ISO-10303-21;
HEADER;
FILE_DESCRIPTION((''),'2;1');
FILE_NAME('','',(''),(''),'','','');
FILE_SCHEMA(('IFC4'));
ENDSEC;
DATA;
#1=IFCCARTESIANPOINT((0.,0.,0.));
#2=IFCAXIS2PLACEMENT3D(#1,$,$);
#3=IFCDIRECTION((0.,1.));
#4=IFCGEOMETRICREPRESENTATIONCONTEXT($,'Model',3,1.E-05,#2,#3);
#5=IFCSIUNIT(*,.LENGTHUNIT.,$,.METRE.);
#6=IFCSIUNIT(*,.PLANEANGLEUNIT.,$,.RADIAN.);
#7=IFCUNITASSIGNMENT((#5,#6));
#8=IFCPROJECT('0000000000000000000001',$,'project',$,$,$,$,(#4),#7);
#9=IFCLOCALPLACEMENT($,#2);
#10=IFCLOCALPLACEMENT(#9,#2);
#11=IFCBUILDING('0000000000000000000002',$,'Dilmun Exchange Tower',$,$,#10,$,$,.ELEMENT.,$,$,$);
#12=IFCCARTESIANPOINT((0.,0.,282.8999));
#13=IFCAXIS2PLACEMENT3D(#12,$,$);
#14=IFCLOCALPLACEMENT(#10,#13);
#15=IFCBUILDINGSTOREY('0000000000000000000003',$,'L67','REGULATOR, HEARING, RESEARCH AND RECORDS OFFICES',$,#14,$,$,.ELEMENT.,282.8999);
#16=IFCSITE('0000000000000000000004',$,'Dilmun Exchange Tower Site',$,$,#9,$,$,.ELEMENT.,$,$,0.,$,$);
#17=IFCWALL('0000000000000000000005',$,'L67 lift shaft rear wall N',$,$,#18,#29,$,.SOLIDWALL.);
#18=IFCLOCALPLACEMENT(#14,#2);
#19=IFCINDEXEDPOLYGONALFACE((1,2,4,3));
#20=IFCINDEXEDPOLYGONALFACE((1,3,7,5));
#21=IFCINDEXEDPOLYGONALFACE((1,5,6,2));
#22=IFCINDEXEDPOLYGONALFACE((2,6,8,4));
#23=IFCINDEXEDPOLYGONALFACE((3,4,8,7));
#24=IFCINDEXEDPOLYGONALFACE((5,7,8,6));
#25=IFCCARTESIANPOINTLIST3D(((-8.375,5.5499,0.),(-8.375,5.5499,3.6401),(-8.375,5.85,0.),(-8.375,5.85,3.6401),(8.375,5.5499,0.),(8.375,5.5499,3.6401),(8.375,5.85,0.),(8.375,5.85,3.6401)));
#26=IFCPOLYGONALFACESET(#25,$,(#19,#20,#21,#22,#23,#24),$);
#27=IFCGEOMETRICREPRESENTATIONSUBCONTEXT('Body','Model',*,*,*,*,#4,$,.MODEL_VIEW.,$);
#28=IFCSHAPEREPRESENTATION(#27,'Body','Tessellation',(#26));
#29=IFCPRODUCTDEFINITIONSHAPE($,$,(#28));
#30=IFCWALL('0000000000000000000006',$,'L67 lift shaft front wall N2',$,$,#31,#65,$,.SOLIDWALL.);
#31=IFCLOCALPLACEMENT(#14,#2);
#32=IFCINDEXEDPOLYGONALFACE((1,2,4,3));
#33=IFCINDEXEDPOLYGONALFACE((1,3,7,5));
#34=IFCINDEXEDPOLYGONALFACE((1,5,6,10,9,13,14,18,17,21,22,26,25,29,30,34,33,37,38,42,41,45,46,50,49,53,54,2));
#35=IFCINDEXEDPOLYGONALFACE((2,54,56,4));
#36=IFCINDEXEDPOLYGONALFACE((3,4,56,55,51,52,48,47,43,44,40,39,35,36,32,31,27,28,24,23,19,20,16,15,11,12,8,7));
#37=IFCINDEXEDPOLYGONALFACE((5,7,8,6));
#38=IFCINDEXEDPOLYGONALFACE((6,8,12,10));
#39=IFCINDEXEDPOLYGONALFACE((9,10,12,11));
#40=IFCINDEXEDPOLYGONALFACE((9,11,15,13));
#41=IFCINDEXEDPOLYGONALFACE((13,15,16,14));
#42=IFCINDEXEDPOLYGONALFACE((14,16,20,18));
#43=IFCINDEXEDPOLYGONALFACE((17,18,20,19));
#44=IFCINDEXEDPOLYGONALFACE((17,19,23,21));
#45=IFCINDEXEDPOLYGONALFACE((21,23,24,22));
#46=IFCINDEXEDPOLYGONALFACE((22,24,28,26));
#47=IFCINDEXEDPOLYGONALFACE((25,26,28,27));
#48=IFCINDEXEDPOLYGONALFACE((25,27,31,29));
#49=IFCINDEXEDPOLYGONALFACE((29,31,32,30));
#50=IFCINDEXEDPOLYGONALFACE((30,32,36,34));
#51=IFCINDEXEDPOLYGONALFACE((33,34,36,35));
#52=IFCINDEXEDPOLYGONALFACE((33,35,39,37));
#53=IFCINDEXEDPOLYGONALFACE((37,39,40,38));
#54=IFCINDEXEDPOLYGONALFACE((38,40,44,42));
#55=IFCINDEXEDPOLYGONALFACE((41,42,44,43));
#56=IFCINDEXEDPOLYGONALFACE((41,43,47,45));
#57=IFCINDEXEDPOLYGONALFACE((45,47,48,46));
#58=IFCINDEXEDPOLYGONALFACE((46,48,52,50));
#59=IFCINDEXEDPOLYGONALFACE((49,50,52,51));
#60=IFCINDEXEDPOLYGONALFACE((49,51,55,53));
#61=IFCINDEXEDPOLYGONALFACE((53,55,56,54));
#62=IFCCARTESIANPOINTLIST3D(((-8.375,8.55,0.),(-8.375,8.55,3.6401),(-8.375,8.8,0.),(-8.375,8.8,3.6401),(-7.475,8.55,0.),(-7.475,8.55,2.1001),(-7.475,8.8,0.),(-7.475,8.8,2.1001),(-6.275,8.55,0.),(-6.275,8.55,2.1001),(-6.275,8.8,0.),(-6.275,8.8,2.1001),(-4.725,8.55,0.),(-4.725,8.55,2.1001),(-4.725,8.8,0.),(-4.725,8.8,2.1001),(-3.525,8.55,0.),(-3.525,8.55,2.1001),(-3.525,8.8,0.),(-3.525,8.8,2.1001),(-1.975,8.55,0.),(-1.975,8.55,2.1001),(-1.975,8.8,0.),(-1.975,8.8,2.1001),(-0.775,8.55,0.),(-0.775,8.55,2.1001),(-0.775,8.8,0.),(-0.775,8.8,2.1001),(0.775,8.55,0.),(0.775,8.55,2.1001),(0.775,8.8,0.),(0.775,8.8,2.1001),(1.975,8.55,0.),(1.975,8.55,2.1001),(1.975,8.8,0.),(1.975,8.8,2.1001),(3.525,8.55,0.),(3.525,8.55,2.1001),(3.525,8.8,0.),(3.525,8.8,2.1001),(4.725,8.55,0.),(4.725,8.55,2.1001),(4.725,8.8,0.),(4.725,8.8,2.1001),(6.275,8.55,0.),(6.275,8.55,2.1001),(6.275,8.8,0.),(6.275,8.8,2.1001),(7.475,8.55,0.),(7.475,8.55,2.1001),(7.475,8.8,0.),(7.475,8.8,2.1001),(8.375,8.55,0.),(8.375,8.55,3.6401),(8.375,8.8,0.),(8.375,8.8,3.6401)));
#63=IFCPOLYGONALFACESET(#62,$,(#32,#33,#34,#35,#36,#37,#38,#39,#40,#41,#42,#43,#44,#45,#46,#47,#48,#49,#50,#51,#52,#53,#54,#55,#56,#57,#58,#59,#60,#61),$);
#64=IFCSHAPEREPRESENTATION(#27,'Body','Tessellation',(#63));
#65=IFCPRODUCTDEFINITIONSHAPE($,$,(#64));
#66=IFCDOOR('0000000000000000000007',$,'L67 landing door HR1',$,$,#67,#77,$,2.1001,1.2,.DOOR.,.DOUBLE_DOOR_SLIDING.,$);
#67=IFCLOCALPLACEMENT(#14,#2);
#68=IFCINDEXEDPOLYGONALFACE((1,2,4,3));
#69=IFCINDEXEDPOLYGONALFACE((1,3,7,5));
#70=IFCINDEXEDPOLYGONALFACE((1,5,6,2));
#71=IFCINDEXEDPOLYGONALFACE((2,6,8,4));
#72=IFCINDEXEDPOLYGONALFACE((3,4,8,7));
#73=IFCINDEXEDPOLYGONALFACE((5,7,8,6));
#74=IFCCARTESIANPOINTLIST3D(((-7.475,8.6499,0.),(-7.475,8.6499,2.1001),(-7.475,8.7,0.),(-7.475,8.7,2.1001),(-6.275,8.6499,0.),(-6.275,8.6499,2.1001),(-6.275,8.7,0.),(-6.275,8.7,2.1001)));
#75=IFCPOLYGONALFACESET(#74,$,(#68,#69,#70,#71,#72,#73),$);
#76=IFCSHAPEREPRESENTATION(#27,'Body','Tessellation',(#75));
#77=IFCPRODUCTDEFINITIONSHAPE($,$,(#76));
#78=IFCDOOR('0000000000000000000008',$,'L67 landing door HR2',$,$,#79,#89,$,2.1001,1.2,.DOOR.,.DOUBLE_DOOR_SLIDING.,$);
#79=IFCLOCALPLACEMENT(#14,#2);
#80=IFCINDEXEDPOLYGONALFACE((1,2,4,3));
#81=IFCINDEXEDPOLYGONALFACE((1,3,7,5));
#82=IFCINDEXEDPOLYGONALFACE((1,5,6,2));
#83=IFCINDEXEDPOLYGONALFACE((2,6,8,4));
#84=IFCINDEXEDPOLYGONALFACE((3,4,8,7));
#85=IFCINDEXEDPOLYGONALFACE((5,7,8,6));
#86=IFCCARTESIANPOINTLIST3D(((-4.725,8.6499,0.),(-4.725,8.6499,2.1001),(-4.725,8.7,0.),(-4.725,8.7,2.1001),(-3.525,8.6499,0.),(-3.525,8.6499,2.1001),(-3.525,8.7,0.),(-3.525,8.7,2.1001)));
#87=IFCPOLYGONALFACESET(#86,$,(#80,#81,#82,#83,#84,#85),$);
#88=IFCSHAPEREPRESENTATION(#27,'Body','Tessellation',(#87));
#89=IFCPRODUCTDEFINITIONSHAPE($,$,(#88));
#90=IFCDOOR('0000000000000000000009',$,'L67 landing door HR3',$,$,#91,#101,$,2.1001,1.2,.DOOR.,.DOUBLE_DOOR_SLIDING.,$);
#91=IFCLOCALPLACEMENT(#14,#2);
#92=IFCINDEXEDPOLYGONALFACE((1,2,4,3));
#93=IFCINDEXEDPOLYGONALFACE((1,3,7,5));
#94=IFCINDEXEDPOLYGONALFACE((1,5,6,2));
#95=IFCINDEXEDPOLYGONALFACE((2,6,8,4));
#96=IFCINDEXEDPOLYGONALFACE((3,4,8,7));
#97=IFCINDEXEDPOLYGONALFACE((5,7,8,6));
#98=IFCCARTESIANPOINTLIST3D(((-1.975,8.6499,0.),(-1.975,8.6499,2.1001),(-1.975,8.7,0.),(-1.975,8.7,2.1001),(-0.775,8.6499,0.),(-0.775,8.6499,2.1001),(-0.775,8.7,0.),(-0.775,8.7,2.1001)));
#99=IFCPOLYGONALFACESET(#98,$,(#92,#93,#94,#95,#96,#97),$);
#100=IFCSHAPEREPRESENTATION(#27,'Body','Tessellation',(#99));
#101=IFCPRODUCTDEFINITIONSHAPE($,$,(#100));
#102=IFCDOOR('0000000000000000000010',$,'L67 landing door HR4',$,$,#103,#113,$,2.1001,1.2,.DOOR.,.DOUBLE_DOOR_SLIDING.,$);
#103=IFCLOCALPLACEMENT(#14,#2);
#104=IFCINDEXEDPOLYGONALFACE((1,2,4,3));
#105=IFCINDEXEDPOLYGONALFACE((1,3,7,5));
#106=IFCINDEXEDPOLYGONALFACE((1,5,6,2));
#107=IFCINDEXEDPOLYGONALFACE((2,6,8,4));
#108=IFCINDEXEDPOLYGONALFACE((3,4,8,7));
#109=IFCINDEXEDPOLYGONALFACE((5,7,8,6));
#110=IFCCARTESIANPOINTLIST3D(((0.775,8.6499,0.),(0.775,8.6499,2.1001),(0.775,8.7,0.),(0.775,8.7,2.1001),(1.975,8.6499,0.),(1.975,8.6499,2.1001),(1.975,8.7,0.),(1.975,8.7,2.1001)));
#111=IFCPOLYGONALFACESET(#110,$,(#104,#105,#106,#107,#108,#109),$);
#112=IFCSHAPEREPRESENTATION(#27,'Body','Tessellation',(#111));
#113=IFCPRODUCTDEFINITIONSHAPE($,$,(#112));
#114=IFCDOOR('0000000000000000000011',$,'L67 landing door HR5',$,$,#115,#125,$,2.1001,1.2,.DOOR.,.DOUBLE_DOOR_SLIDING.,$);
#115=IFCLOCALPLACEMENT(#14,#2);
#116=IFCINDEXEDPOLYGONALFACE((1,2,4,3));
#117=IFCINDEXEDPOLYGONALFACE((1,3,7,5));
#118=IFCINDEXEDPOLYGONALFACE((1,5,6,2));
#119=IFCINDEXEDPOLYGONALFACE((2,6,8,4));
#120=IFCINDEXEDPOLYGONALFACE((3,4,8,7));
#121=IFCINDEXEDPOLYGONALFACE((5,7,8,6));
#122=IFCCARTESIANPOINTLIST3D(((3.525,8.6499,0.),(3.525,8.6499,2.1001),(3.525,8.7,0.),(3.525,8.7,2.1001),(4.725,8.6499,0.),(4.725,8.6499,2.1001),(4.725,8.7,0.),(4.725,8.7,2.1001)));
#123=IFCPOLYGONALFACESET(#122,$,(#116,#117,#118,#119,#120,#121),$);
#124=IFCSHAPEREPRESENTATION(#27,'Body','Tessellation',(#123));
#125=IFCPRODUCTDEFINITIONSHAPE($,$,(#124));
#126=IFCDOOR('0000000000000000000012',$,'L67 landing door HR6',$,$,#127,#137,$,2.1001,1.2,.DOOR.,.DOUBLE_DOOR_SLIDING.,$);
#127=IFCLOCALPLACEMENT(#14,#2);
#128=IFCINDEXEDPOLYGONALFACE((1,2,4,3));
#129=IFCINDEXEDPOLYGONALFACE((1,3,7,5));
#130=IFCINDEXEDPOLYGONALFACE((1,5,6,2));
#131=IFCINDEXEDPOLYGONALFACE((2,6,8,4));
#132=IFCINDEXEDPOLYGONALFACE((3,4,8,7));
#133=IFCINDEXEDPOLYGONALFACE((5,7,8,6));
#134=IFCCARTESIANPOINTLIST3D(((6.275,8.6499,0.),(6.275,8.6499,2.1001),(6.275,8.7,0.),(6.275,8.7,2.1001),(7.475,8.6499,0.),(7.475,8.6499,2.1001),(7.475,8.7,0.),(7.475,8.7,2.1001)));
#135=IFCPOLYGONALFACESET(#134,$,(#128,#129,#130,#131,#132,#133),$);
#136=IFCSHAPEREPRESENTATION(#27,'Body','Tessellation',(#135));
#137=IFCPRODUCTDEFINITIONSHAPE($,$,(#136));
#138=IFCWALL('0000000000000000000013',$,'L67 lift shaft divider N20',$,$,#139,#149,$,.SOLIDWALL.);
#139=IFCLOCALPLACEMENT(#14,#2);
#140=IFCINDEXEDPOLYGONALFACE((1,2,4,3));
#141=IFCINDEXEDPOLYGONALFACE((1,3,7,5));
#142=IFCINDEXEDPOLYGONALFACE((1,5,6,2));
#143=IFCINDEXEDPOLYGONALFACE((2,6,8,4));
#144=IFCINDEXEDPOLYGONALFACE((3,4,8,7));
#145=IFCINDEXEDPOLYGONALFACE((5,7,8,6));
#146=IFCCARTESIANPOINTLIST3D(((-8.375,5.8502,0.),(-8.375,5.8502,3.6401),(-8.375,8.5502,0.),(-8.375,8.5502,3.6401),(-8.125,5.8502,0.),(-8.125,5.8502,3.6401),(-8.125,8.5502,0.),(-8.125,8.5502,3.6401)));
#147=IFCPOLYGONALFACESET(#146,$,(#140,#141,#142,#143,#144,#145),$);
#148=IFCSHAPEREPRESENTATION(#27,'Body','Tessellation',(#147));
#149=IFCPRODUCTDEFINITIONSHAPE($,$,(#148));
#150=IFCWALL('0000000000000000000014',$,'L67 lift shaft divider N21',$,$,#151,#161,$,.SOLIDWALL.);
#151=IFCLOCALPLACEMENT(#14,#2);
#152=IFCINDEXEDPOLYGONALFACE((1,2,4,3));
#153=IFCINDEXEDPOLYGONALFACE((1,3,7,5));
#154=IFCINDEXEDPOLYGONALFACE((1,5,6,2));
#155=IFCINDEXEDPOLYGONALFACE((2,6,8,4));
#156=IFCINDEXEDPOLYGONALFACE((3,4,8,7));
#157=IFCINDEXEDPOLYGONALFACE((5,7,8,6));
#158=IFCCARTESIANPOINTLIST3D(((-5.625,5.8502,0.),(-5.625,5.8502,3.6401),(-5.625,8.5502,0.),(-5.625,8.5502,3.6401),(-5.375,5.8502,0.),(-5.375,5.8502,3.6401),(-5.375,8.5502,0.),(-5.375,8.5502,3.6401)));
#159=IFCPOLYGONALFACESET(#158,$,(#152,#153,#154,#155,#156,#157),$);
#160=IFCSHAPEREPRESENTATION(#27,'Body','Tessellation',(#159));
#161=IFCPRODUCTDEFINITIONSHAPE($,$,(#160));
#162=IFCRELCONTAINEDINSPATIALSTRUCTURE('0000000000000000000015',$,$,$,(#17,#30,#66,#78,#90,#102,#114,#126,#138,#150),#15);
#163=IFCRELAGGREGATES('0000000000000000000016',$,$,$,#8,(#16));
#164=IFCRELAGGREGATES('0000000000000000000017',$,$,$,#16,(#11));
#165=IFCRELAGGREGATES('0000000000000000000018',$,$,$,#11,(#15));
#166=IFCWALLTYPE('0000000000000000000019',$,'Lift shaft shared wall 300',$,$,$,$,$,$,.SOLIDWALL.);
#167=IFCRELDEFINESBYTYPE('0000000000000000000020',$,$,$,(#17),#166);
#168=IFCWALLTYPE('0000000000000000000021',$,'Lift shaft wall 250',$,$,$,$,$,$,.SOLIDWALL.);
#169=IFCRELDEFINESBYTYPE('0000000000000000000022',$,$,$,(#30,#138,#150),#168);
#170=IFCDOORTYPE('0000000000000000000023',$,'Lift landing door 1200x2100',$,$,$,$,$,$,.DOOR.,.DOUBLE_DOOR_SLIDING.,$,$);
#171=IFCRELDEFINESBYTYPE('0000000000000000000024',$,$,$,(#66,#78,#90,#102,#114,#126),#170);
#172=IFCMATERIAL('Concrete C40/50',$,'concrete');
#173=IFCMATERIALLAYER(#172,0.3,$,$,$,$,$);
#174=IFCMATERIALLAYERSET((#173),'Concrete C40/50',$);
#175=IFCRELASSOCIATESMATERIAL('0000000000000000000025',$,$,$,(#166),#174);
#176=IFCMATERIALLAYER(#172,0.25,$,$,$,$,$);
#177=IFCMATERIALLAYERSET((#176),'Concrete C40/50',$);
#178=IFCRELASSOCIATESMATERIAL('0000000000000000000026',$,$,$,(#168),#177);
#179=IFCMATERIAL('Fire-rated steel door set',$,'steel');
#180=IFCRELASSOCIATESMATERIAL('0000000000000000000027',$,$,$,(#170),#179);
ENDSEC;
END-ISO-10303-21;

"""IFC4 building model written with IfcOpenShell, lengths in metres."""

from ifc_helpers import new_model, si_unit, direction, frame, frame_2d, origin, place, context, subcontext, project, spatial, rectangle, extrude, material, layer, layer_set, type_object, element, fill, save


model = new_model("IFC4")

# Units and contexts
model_context = context("Model", 3, precision=1e-05, world=origin(), true_north=direction((0.0, 1.0)))
body_context = subcontext(model_context, "Body", "Model", "MODEL_VIEW")
ifc_project = project(units=[si_unit("LENGTHUNIT", "METRE"), si_unit("PLANEANGLEUNIT", "RADIAN")], contexts=[model_context])

# Site, building, storey
site_placement = place(None, origin())
site = spatial("IfcSite", under=ifc_project, at=site_placement, Name="Dilmun Exchange Tower Site", CompositionType="ELEMENT", RefElevation=0.0)
building_placement = place(site_placement, origin())
building = spatial("IfcBuilding", under=site, at=building_placement, Name="Dilmun Exchange Tower", CompositionType="ELEMENT")
storey_placement = place(building_placement, frame((0.0, 0.0, 282.8999)))
storey = spatial("IfcBuildingStorey", under=building, at=storey_placement, Name="L67", Description="REGULATOR, HEARING, RESEARCH AND RECORDS OFFICES", CompositionType="ELEMENT", Elevation=282.8999)

# Shared definitions
ifc_material_1 = material(Name="Concrete C40/50", Category="concrete")

# Shared definitions
ifc_material_2 = material(Name="Fire-rated steel door set", Category="steel")

# Wall
ifc_layer_1 = layer(ifc_material_1, 0.3)
ifc_layer_set_1 = layer_set([ifc_layer_1], Name="Concrete C40/50")
wall_type_1 = type_object("IfcWallType", Name="Lift shaft shared wall 300", PredefinedType="SOLIDWALL", material=ifc_layer_set_1)
wall_1_placement = place(storey_placement, frame((-8.375, 5.7, 0.0), z_axis=(0.0, 0.0, 1.0), x_axis=(1.0, 0.0, 0.0)))
element("IfcWall", 1, at=wall_1_placement, inside=storey, type_object=wall_type_1, Name="L67 lift shaft rear wall N", PredefinedType="SOLIDWALL", context=body_context, shape_type="SweptSolid", body=[
    extrude(rectangle(XDim=16.75, YDim=0.3, at=frame_2d((8.375, 0.0))), origin(), (0.0, 0.0, 1.0), 3.6401),
])

# Wall, openings, doors
ifc_layer_2 = layer(ifc_material_1, 0.25)
ifc_layer_set_2 = layer_set([ifc_layer_2], Name="Concrete C40/50")
wall_type_2 = type_object("IfcWallType", Name="Lift shaft wall 250", PredefinedType="SOLIDWALL", material=ifc_layer_set_2)
wall_2_placement = place(storey_placement, frame((-8.375, 8.675, 0.0), z_axis=(0.0, 0.0, 1.0), x_axis=(1.0, 0.0, 0.0)))
wall_2 = element("IfcWall", 2, at=wall_2_placement, inside=storey, type_object=wall_type_2, Name="L67 lift shaft front wall N2", PredefinedType="SOLIDWALL", context=body_context, shape_type="SweptSolid", body=[
    extrude(rectangle(XDim=16.75, YDim=0.25, at=frame_2d((8.375, 0.0))), origin(), (0.0, 0.0, 1.0), 3.6401),
])
opening_1_placement = place(wall_2_placement, frame((0.8999, 0.0, 0.0)))
opening_1 = element("IfcOpeningElement", 3, at=opening_1_placement, cuts=wall_2, PredefinedType="OPENING", context=body_context, shape_type="SweptSolid", body=[
    extrude(rectangle(XDim=1.2, YDim=2.1001, at=frame_2d((0.6001, 1.05))), frame((0.0, 0.135, 0.0), z_axis=(0.0, -1.0, 0.0), x_axis=(1.0, 0.0, 0.0)), (0.0, 0.0, 1.0), 0.27),
])
opening_2_placement = place(wall_2_placement, frame((3.6499, 0.0, 0.0)))
opening_2 = element("IfcOpeningElement", 4, at=opening_2_placement, cuts=wall_2, PredefinedType="OPENING", context=body_context, shape_type="SweptSolid", body=[
    extrude(rectangle(XDim=1.2, YDim=2.1001, at=frame_2d((0.6001, 1.05))), frame((0.0, 0.135, 0.0), z_axis=(0.0, -1.0, 0.0), x_axis=(1.0, 0.0, 0.0)), (0.0, 0.0, 1.0), 0.27),
])
opening_3_placement = place(wall_2_placement, frame((6.3999, 0.0, 0.0)))
opening_3 = element("IfcOpeningElement", 5, at=opening_3_placement, cuts=wall_2, PredefinedType="OPENING", context=body_context, shape_type="SweptSolid", body=[
    extrude(rectangle(XDim=1.2, YDim=2.1001, at=frame_2d((0.6001, 1.05))), frame((0.0, 0.135, 0.0), z_axis=(0.0, -1.0, 0.0), x_axis=(1.0, 0.0, 0.0)), (0.0, 0.0, 1.0), 0.27),
])
opening_4_placement = place(wall_2_placement, frame((9.1499, 0.0, 0.0)))
opening_4 = element("IfcOpeningElement", 6, at=opening_4_placement, cuts=wall_2, PredefinedType="OPENING", context=body_context, shape_type="SweptSolid", body=[
    extrude(rectangle(XDim=1.2, YDim=2.1001, at=frame_2d((0.6001, 1.05))), frame((0.0, 0.135, 0.0), z_axis=(0.0, -1.0, 0.0), x_axis=(1.0, 0.0, 0.0)), (0.0, 0.0, 1.0), 0.27),
])
opening_5_placement = place(wall_2_placement, frame((11.8999, 0.0, 0.0)))
opening_5 = element("IfcOpeningElement", 7, at=opening_5_placement, cuts=wall_2, PredefinedType="OPENING", context=body_context, shape_type="SweptSolid", body=[
    extrude(rectangle(XDim=1.2, YDim=2.1001, at=frame_2d((0.6001, 1.05))), frame((0.0, 0.135, 0.0), z_axis=(0.0, -1.0, 0.0), x_axis=(1.0, 0.0, 0.0)), (0.0, 0.0, 1.0), 0.27),
])
opening_6_placement = place(wall_2_placement, frame((14.6499, 0.0, 0.0)))
opening_6 = element("IfcOpeningElement", 8, at=opening_6_placement, cuts=wall_2, PredefinedType="OPENING", context=body_context, shape_type="SweptSolid", body=[
    extrude(rectangle(XDim=1.2, YDim=2.1001, at=frame_2d((0.6001, 1.05))), frame((0.0, 0.135, 0.0), z_axis=(0.0, -1.0, 0.0), x_axis=(1.0, 0.0, 0.0)), (0.0, 0.0, 1.0), 0.27),
])
door_type_1 = type_object("IfcDoorType", Name="Lift landing door 1200x2100", OperationType="DOUBLE_DOOR_SLIDING", PredefinedType="DOOR", material=ifc_material_2)
door_1_placement = place(opening_1_placement, origin())
door_1 = element("IfcDoor", 9, at=door_1_placement, inside=storey, type_object=door_type_1, Name="L67 landing door HR1", OperationType="DOUBLE_DOOR_SLIDING", OverallHeight=2.1001, OverallWidth=1.2, PredefinedType="DOOR", context=body_context, shape_type="SweptSolid", body=[
    extrude(rectangle(XDim=1.2, YDim=2.1001, at=frame_2d((0.6001, 1.05))), frame((0.0, 0.0249, 0.0), z_axis=(0.0, -1.0, 0.0), x_axis=(1.0, 0.0, 0.0)), (0.0, 0.0, 1.0), 0.05),
])
fill(opening_1, door_1)
door_2_placement = place(opening_2_placement, origin())
door_2 = element("IfcDoor", 10, at=door_2_placement, inside=storey, type_object=door_type_1, Name="L67 landing door HR2", OperationType="DOUBLE_DOOR_SLIDING", OverallHeight=2.1001, OverallWidth=1.2, PredefinedType="DOOR", context=body_context, shape_type="SweptSolid", body=[
    extrude(rectangle(XDim=1.2, YDim=2.1001, at=frame_2d((0.6001, 1.05))), frame((0.0, 0.0249, 0.0), z_axis=(0.0, -1.0, 0.0), x_axis=(1.0, 0.0, 0.0)), (0.0, 0.0, 1.0), 0.05),
])
fill(opening_2, door_2)
door_3_placement = place(opening_3_placement, origin())
door_3 = element("IfcDoor", 11, at=door_3_placement, inside=storey, type_object=door_type_1, Name="L67 landing door HR3", OperationType="DOUBLE_DOOR_SLIDING", OverallHeight=2.1001, OverallWidth=1.2, PredefinedType="DOOR", context=body_context, shape_type="SweptSolid", body=[
    extrude(rectangle(XDim=1.2, YDim=2.1001, at=frame_2d((0.6001, 1.05))), frame((0.0, 0.0249, 0.0), z_axis=(0.0, -1.0, 0.0), x_axis=(1.0, 0.0, 0.0)), (0.0, 0.0, 1.0), 0.05),
])
fill(opening_3, door_3)
door_4_placement = place(opening_4_placement, origin())
door_4 = element("IfcDoor", 12, at=door_4_placement, inside=storey, type_object=door_type_1, Name="L67 landing door HR4", OperationType="DOUBLE_DOOR_SLIDING", OverallHeight=2.1001, OverallWidth=1.2, PredefinedType="DOOR", context=body_context, shape_type="SweptSolid", body=[
    extrude(rectangle(XDim=1.2, YDim=2.1001, at=frame_2d((0.6001, 1.05))), frame((0.0, 0.0249, 0.0), z_axis=(0.0, -1.0, 0.0), x_axis=(1.0, 0.0, 0.0)), (0.0, 0.0, 1.0), 0.05),
])
fill(opening_4, door_4)
door_5_placement = place(opening_5_placement, origin())
door_5 = element("IfcDoor", 13, at=door_5_placement, inside=storey, type_object=door_type_1, Name="L67 landing door HR5", OperationType="DOUBLE_DOOR_SLIDING", OverallHeight=2.1001, OverallWidth=1.2, PredefinedType="DOOR", context=body_context, shape_type="SweptSolid", body=[
    extrude(rectangle(XDim=1.2, YDim=2.1001, at=frame_2d((0.6001, 1.05))), frame((0.0, 0.0249, 0.0), z_axis=(0.0, -1.0, 0.0), x_axis=(1.0, 0.0, 0.0)), (0.0, 0.0, 1.0), 0.05),
])
fill(opening_5, door_5)
door_6_placement = place(opening_6_placement, origin())
door_6 = element("IfcDoor", 14, at=door_6_placement, inside=storey, type_object=door_type_1, Name="L67 landing door HR6", OperationType="DOUBLE_DOOR_SLIDING", OverallHeight=2.1001, OverallWidth=1.2, PredefinedType="DOOR", context=body_context, shape_type="SweptSolid", body=[
    extrude(rectangle(XDim=1.2, YDim=2.1001, at=frame_2d((0.6001, 1.05))), frame((0.0, 0.0249, 0.0), z_axis=(0.0, -1.0, 0.0), x_axis=(1.0, 0.0, 0.0)), (0.0, 0.0, 1.0), 0.05),
])
fill(opening_6, door_6)

# Walls
for number, where, z_axis, x_axis, name in (
    (15, (-8.25, 5.8501, 0.0), (0.0, 0.0, 1.0), (0.0, 1.0, 0.0), "L67 lift shaft divider N20"),
    (16, (-5.5, 5.8501, 0.0), (0.0, 0.0, 1.0), (0.0, 1.0, 0.0), "L67 lift shaft divider N21"),
):
    element("IfcWall", number, at=place(storey_placement, frame(where, z_axis=z_axis, x_axis=x_axis)), inside=storey, type_object=wall_type_2, Name=name, PredefinedType="SOLIDWALL", context=body_context, shape_type="SweptSolid", body=[
        extrude(rectangle(XDim=2.7, YDim=0.25, at=frame_2d((1.3501, 0.0))), origin(), (0.0, 0.0, 1.0), 3.6401),
    ])

save(model, "model.ifc")
